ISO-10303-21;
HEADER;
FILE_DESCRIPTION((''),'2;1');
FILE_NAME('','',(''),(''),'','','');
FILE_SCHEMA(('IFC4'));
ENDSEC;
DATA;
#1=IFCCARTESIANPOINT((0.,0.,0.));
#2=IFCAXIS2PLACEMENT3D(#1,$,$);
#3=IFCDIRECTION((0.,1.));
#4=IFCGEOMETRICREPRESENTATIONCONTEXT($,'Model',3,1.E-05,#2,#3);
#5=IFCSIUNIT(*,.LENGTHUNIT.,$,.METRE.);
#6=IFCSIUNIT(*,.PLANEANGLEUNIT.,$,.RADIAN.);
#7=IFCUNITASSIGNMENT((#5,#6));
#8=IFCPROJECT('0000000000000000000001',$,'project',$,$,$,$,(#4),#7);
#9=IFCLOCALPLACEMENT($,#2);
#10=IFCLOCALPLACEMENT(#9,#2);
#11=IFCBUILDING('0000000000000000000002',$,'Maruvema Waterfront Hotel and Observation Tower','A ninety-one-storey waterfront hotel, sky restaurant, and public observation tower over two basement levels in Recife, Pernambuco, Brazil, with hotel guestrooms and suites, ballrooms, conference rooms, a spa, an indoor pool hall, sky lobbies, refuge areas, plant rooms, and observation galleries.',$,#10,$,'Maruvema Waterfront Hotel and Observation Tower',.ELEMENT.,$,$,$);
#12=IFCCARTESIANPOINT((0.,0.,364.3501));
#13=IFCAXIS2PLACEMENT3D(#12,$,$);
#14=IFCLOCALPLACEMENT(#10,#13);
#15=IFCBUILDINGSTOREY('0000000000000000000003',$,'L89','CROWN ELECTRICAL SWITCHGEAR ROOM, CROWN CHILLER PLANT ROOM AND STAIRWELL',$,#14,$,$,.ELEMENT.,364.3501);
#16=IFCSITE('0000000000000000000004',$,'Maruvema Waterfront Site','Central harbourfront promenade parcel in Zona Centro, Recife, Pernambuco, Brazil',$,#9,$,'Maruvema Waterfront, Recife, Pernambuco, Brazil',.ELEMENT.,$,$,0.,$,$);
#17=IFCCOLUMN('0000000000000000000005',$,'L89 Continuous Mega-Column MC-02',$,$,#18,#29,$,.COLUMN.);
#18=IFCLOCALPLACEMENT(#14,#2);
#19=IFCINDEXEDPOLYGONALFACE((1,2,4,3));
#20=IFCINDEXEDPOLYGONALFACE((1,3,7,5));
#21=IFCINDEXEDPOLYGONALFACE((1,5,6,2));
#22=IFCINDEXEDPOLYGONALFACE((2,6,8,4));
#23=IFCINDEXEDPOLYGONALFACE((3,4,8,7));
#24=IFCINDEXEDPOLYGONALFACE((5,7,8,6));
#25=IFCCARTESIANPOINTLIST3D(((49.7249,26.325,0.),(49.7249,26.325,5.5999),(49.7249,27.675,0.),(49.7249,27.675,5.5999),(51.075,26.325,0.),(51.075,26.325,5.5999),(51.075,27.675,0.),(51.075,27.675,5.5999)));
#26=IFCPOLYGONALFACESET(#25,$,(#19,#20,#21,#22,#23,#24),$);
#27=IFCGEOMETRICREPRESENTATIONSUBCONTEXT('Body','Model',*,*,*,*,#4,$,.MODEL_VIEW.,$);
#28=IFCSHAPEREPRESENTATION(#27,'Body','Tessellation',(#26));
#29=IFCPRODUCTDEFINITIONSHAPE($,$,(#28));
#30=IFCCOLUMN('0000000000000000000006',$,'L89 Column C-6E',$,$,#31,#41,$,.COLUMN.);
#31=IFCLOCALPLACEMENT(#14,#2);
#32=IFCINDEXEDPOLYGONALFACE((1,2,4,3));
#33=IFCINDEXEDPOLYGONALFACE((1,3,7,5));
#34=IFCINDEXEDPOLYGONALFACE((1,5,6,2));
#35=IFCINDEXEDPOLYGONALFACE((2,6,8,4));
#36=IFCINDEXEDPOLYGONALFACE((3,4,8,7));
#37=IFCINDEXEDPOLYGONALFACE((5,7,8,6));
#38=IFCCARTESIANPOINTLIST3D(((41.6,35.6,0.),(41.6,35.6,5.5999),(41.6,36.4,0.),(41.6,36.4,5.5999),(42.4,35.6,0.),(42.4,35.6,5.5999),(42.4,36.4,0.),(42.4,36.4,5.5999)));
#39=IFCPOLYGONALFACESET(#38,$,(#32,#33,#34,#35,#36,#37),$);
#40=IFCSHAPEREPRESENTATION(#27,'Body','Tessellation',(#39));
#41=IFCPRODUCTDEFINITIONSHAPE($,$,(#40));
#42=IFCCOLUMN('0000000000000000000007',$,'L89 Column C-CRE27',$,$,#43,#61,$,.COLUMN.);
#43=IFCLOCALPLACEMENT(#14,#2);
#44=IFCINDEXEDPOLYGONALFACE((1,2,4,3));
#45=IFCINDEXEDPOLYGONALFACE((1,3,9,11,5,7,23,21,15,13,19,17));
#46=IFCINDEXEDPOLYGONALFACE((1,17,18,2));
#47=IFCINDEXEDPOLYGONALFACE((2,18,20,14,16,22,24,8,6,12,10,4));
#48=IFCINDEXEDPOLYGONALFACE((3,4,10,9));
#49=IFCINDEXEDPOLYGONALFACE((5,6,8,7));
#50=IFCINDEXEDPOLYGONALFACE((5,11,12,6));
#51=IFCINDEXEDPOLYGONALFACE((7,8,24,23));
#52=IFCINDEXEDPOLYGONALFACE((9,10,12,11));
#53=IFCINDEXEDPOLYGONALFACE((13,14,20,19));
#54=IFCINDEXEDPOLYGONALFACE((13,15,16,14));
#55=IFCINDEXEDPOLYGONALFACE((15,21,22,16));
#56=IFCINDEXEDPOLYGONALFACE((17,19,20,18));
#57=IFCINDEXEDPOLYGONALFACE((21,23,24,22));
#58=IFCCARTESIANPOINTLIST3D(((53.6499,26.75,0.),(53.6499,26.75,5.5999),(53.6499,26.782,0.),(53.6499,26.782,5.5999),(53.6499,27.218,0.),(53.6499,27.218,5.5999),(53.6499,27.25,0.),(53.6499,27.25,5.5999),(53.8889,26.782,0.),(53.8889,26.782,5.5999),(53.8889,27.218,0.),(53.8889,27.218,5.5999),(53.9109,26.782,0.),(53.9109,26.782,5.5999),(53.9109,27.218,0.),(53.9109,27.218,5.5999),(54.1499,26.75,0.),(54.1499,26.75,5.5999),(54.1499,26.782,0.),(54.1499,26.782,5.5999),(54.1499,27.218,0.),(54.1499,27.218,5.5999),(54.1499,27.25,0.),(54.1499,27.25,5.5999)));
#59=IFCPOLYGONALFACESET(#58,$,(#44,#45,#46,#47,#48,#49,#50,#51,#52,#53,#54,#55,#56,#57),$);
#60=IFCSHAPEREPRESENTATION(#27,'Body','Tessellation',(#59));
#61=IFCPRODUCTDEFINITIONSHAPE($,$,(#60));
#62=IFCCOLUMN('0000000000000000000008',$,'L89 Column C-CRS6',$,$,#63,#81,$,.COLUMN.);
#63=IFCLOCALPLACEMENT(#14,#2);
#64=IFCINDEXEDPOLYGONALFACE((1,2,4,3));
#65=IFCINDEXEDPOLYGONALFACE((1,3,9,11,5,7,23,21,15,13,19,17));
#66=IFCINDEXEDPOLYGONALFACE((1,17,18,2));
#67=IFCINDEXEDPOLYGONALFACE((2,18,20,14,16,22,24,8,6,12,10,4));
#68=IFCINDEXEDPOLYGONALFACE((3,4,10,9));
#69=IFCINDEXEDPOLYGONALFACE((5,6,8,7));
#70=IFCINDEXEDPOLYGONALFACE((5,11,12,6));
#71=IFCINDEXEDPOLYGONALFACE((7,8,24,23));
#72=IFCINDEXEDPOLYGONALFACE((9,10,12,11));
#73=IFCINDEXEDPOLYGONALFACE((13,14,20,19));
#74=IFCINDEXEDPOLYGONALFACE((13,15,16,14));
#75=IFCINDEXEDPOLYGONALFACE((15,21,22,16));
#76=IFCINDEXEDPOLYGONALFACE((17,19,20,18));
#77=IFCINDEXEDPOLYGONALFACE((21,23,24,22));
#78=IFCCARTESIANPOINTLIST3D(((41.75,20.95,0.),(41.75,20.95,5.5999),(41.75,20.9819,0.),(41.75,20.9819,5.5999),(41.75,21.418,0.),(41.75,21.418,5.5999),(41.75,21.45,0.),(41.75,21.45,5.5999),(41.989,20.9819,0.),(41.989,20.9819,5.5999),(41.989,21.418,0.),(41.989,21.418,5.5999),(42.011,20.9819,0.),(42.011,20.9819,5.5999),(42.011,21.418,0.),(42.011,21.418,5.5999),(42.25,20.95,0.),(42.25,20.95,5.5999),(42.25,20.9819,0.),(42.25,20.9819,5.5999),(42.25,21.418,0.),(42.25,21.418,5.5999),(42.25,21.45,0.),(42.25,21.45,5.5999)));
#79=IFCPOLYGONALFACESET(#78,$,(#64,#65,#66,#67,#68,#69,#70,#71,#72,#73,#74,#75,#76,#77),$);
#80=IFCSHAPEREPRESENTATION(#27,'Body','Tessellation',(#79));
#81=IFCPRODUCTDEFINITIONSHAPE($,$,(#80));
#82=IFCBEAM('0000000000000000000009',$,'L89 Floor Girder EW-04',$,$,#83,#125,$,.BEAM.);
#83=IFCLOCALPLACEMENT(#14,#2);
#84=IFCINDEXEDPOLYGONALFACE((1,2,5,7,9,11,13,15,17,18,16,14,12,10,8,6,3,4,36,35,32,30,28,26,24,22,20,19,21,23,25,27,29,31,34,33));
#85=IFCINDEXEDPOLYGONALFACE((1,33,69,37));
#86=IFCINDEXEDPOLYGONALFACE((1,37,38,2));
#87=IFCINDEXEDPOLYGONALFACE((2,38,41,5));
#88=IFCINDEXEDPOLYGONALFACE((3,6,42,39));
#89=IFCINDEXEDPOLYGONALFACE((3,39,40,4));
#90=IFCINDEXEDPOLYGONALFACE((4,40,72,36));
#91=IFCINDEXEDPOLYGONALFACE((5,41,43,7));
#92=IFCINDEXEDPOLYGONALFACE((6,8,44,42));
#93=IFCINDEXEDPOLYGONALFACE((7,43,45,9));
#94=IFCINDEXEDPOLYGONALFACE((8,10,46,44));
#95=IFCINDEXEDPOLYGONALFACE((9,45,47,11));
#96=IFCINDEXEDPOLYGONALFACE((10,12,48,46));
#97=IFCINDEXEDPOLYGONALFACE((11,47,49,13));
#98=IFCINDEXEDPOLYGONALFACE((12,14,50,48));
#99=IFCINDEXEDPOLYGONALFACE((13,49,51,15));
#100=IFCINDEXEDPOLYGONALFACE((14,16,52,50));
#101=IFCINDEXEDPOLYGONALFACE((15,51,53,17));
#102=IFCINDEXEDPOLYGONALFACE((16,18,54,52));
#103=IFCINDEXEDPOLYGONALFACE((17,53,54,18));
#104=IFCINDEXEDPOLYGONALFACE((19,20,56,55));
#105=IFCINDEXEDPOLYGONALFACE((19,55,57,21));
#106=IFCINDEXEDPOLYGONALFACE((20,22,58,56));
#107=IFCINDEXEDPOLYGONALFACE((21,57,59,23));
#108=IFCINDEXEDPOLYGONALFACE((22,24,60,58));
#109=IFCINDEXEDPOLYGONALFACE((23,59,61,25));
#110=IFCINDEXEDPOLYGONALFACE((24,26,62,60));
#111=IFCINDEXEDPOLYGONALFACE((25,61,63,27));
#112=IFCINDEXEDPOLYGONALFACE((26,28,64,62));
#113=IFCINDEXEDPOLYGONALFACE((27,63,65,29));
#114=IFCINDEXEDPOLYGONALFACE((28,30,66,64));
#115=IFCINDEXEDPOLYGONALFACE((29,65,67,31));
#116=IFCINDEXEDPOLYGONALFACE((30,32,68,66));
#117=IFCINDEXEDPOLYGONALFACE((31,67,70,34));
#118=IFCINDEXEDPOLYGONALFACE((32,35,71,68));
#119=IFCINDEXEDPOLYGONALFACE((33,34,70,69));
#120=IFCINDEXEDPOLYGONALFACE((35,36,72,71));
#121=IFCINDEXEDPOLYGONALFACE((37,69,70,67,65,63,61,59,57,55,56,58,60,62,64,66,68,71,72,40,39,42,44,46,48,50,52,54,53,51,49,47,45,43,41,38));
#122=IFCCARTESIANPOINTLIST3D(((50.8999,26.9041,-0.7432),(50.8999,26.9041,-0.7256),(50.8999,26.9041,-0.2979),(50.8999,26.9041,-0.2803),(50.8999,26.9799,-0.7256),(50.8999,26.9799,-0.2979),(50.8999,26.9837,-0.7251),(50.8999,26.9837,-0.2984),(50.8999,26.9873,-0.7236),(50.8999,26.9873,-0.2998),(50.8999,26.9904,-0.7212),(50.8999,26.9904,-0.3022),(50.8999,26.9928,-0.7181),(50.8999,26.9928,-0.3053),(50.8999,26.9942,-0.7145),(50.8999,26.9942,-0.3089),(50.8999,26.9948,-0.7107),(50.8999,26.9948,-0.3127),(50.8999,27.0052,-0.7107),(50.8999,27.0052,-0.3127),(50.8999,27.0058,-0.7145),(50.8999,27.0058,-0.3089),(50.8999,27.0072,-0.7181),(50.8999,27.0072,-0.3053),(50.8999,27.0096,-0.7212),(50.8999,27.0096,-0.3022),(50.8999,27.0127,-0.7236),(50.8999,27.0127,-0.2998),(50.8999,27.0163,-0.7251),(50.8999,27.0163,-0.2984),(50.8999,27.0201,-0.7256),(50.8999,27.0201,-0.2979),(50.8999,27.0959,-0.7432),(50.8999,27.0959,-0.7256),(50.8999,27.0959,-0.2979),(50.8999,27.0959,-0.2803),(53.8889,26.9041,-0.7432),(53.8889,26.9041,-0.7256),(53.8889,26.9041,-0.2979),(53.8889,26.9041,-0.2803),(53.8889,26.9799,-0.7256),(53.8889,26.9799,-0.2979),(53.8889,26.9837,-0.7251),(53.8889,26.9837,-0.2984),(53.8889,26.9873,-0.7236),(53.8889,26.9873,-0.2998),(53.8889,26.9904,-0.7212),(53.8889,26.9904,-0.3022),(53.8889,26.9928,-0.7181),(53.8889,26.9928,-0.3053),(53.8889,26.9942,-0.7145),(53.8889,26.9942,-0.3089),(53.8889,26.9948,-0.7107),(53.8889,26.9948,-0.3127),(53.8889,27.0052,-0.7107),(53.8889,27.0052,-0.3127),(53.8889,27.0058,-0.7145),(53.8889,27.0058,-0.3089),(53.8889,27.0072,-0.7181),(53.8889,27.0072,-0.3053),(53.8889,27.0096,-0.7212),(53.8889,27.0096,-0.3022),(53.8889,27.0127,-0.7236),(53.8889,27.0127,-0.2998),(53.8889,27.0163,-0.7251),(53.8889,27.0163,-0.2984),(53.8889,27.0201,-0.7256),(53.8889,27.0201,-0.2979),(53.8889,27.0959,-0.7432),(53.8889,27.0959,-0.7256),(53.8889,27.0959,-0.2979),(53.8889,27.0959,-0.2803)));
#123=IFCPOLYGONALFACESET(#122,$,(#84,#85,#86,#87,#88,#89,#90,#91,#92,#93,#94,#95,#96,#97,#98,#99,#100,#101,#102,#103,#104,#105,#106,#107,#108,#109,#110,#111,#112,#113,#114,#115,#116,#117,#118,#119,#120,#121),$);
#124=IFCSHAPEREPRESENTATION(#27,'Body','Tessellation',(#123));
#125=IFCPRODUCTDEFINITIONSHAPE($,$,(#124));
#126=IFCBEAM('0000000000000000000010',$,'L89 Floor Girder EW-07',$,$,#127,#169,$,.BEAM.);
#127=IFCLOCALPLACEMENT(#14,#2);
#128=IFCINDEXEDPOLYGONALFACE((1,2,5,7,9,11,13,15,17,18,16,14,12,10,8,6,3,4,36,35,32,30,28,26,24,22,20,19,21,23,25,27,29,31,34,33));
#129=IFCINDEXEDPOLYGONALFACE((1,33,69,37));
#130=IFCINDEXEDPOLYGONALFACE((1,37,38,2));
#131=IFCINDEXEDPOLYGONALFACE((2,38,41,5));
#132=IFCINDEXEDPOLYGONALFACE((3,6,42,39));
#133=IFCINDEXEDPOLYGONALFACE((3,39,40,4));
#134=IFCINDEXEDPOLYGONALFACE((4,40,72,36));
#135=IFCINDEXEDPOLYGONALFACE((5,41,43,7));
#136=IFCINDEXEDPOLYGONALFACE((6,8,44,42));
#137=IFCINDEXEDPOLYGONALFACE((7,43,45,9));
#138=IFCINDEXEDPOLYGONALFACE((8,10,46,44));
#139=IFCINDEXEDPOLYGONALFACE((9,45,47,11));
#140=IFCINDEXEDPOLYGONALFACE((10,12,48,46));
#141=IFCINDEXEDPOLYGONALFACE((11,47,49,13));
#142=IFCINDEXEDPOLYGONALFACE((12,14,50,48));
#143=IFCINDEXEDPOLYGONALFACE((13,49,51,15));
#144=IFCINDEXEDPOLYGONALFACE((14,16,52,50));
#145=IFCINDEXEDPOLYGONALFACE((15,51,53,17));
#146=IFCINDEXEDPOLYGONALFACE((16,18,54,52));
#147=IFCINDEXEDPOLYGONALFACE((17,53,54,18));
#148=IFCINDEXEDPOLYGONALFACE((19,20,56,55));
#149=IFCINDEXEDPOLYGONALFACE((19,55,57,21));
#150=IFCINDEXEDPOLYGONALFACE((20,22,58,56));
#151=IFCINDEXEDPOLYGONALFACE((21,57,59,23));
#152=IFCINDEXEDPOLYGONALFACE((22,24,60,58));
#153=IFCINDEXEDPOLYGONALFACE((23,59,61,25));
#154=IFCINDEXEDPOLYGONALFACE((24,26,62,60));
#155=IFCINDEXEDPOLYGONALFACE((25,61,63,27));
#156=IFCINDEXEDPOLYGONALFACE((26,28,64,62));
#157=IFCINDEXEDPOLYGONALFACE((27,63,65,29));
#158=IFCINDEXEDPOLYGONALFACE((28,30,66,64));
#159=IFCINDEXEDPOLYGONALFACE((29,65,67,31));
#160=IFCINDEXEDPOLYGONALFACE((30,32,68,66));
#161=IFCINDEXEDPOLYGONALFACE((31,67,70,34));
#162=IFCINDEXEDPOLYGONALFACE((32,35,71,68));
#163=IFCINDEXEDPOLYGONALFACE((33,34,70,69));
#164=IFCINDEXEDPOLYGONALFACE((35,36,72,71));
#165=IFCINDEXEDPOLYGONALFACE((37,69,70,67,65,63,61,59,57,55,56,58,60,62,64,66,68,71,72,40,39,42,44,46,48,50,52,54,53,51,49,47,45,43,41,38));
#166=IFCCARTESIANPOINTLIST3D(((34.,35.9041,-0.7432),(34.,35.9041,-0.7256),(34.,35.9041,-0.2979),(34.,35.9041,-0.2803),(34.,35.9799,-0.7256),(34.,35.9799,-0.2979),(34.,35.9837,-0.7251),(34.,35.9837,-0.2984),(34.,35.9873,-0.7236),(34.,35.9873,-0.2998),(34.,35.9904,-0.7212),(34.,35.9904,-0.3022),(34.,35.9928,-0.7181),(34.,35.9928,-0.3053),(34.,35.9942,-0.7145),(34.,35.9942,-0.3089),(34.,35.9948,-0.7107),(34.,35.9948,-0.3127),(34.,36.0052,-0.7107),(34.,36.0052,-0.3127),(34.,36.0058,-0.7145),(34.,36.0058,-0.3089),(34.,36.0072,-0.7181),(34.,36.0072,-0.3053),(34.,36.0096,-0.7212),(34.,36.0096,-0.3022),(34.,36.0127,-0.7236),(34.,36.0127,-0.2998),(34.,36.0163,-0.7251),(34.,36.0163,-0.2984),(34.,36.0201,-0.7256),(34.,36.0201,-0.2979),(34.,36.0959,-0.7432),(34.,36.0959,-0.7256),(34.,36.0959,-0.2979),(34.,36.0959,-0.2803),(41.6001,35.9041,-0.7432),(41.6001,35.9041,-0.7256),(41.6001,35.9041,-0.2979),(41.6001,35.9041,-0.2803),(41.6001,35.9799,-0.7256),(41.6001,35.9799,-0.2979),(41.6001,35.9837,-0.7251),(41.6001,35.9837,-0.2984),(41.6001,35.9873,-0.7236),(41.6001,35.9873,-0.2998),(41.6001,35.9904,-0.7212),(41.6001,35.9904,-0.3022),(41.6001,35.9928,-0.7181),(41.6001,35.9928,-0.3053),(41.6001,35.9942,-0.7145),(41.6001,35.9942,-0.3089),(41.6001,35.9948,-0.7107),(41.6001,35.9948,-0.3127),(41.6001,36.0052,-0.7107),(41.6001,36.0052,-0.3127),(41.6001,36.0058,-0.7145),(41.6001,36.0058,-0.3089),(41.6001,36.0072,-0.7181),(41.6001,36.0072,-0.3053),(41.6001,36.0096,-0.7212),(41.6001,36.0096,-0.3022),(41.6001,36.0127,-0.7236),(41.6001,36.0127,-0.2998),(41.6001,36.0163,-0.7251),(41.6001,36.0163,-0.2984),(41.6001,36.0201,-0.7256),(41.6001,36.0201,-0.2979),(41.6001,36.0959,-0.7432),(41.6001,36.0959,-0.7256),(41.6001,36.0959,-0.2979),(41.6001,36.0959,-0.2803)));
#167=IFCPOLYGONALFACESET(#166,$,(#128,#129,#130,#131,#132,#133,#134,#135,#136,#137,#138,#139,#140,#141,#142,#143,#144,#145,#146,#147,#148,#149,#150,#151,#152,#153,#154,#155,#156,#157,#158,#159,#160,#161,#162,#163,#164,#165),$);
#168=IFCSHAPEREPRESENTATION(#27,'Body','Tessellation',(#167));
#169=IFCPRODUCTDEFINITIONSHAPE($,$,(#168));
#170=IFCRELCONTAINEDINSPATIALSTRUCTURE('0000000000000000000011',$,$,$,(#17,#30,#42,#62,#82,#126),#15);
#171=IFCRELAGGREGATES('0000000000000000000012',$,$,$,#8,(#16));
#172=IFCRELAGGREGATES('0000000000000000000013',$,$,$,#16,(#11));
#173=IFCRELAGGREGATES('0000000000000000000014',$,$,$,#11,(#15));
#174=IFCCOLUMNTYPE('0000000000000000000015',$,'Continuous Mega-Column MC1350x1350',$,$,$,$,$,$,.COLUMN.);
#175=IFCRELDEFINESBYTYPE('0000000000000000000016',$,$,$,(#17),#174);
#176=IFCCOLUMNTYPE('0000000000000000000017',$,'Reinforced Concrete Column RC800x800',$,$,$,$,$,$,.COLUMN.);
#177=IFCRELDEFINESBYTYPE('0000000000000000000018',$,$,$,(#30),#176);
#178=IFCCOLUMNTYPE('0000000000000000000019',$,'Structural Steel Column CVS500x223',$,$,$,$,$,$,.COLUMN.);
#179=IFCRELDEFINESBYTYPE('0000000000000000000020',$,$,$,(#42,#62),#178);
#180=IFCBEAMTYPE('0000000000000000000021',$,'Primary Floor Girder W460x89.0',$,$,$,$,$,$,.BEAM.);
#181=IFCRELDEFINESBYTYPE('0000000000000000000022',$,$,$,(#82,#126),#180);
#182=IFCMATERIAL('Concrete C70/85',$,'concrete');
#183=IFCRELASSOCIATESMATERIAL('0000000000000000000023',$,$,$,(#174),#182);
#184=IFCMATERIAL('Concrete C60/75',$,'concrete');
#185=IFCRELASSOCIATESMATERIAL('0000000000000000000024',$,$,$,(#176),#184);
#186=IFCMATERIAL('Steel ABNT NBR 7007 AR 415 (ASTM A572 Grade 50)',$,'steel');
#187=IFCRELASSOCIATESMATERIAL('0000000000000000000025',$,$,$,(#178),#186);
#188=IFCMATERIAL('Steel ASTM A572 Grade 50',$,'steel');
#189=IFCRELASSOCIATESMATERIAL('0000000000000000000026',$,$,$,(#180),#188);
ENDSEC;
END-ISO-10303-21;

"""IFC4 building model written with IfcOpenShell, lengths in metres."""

from ifc_helpers import new_model, si_unit, direction, frame, origin, origin_2d, place, context, subcontext, project, spatial, rectangle, i_section, extrude, material, material_profile, profile_set, type_object, element, save


model = new_model("IFC4")

# Units and contexts
model_context = context("Model", 3, precision=1e-05, world=origin(), true_north=direction((0.0, 1.0)))
body_context = subcontext(model_context, "Body", "Model", "MODEL_VIEW")
ifc_project = project(units=[si_unit("LENGTHUNIT", "METRE"), si_unit("PLANEANGLEUNIT", "RADIAN")], contexts=[model_context])

# Site, building, storey
site_placement = place(None, origin())
site = spatial("IfcSite", under=ifc_project, at=site_placement, Name="Maruvema Waterfront Site", Description="Central harbourfront promenade parcel in Zona Centro, Recife, Pernambuco, Brazil", LongName="Maruvema Waterfront, Recife, Pernambuco, Brazil", CompositionType="ELEMENT", RefElevation=0.0)
building_placement = place(site_placement, origin())
building = spatial("IfcBuilding", under=site, at=building_placement, Name="Maruvema Waterfront Hotel and Observation Tower", Description="A ninety-one-storey waterfront hotel, sky restaurant, and public observation tower over two basement levels in Recife, Pernambuco, Brazil, with hotel guestrooms and suites, ballrooms, conference rooms, a spa, an indoor pool hall, sky lobbies, refuge areas, plant rooms, and observation galleries.", LongName="Maruvema Waterfront Hotel and Observation Tower", CompositionType="ELEMENT")
storey_placement = place(building_placement, frame((0.0, 0.0, 364.3501)))
storey = spatial("IfcBuildingStorey", under=building, at=storey_placement, Name="L89", Description="CROWN ELECTRICAL SWITCHGEAR ROOM, CROWN CHILLER PLANT ROOM AND STAIRWELL", CompositionType="ELEMENT", Elevation=364.3501)

# Columns
ifc_material_1 = material(Name="Concrete C70/85", Category="concrete")
ifc_material_profile_1 = material_profile(ifc_material_1, rectangle(XDim=1.3501, YDim=1.3501, at=origin_2d()), Name="MC1350x1350")
ifc_profile_set_1 = profile_set([ifc_material_profile_1], Name="Concrete C70/85")
column_type_1 = type_object("IfcColumnType", Name="Continuous Mega-Column MC1350x1350", PredefinedType="COLUMN", material=ifc_profile_set_1)
column_1_placement = place(storey_placement, frame((50.3999, 27.0, 0.0), z_axis=(0.0, 0.0, 1.0), x_axis=(1.0, 0.0, 0.0)))
element("IfcColumn", 1, at=column_1_placement, inside=storey, type_object=column_type_1, Name="L89 Continuous Mega-Column MC-02", PredefinedType="COLUMN", context=body_context, shape_type="SweptSolid", body=[
    extrude(rectangle(XDim=1.3501, YDim=1.3501, at=origin_2d()), origin(), (0.0, 0.0, 1.0), 5.5999),
])
ifc_material_2 = material(Name="Concrete C60/75", Category="concrete")
ifc_material_profile_2 = material_profile(ifc_material_2, rectangle(XDim=0.8, YDim=0.8, at=origin_2d()), Name="RC800x800")
ifc_profile_set_2 = profile_set([ifc_material_profile_2], Name="Concrete C60/75")
column_type_2 = type_object("IfcColumnType", Name="Reinforced Concrete Column RC800x800", PredefinedType="COLUMN", material=ifc_profile_set_2)
column_2_placement = place(storey_placement, frame((42.0, 36.0, 0.0), z_axis=(0.0, 0.0, 1.0), x_axis=(1.0, 0.0, 0.0)))
element("IfcColumn", 2, at=column_2_placement, inside=storey, type_object=column_type_2, Name="L89 Column C-6E", PredefinedType="COLUMN", context=body_context, shape_type="SweptSolid", body=[
    extrude(rectangle(XDim=0.8, YDim=0.8, at=origin_2d()), origin(), (0.0, 0.0, 1.0), 5.5999),
])
ifc_material_3 = material(Name="Steel ABNT NBR 7007 AR 415 (ASTM A572 Grade 50)", Category="steel")
ifc_material_profile_3 = material_profile(ifc_material_3, i_section(OverallWidth=0.5, OverallDepth=0.5, WebThickness=0.022, FlangeThickness=0.032, at=origin_2d()), Name="CVS500x223")
ifc_profile_set_3 = profile_set([ifc_material_profile_3], Name="Steel ABNT NBR 7007 AR 415 (ASTM A572 Grade 50)")
column_type_3 = type_object("IfcColumnType", Name="Structural Steel Column CVS500x223", PredefinedType="COLUMN", material=ifc_profile_set_3)
for number, where, z_axis, x_axis, name in (
    (3, (53.8999, 27.0, 0.0), (0.0, 0.0, 1.0), (1.0, 0.0, 0.0), "L89 Column C-CRE27"),
    (4, (42.0, 21.2, 0.0), (0.0, 0.0, 1.0), (1.0, 0.0, 0.0), "L89 Column C-CRS6"),
):
    element("IfcColumn", number, at=place(storey_placement, frame(where, z_axis=z_axis, x_axis=x_axis)), inside=storey, type_object=column_type_3, Name=name, PredefinedType="COLUMN", context=body_context, shape_type="SweptSolid", body=[
        extrude(i_section(OverallWidth=0.5, OverallDepth=0.5, WebThickness=0.022, FlangeThickness=0.032, at=origin_2d()), origin(), (0.0, 0.0, 1.0), 5.5999),
    ])

# Beams
ifc_material_4 = material(Name="Steel ASTM A572 Grade 50", Category="steel")
ifc_material_profile_4 = material_profile(ifc_material_4, i_section(OverallWidth=0.1919, OverallDepth=0.4629, WebThickness=0.0105, FlangeThickness=0.0176, FilletRadius=0.0149, at=origin_2d()), Name="W460x89.0")
ifc_profile_set_4 = profile_set([ifc_material_profile_4], Name="Steel ASTM A572 Grade 50")
beam_type = type_object("IfcBeamType", Name="Primary Floor Girder W460x89.0", PredefinedType="BEAM", material=ifc_profile_set_4)
beam_1_placement = place(storey_placement, frame((50.8999, 27.0, -0.5117), z_axis=(1.0, 0.0, 0.0), x_axis=(0.0, 1.0, 0.0)))
element("IfcBeam", 5, at=beam_1_placement, inside=storey, type_object=beam_type, Name="L89 Floor Girder EW-04", PredefinedType="BEAM", context=body_context, shape_type="SweptSolid", body=[
    extrude(i_section(OverallWidth=0.1919, OverallDepth=0.4629, WebThickness=0.0105, FlangeThickness=0.0176, FilletRadius=0.0149, at=origin_2d()), origin(), (0.0, 0.0, 1.0), 2.989),
])
beam_2_placement = place(storey_placement, frame((34.0, 36.0, -0.5117), z_axis=(1.0, 0.0, 0.0), x_axis=(0.0, 1.0, 0.0)))
element("IfcBeam", 6, at=beam_2_placement, inside=storey, type_object=beam_type, Name="L89 Floor Girder EW-07", PredefinedType="BEAM", context=body_context, shape_type="SweptSolid", body=[
    extrude(i_section(OverallWidth=0.1919, OverallDepth=0.4629, WebThickness=0.0105, FlangeThickness=0.0176, FilletRadius=0.0149, at=origin_2d()), origin(), (0.0, 0.0, 1.0), 7.6001),
])

save(model, "model.ifc")
